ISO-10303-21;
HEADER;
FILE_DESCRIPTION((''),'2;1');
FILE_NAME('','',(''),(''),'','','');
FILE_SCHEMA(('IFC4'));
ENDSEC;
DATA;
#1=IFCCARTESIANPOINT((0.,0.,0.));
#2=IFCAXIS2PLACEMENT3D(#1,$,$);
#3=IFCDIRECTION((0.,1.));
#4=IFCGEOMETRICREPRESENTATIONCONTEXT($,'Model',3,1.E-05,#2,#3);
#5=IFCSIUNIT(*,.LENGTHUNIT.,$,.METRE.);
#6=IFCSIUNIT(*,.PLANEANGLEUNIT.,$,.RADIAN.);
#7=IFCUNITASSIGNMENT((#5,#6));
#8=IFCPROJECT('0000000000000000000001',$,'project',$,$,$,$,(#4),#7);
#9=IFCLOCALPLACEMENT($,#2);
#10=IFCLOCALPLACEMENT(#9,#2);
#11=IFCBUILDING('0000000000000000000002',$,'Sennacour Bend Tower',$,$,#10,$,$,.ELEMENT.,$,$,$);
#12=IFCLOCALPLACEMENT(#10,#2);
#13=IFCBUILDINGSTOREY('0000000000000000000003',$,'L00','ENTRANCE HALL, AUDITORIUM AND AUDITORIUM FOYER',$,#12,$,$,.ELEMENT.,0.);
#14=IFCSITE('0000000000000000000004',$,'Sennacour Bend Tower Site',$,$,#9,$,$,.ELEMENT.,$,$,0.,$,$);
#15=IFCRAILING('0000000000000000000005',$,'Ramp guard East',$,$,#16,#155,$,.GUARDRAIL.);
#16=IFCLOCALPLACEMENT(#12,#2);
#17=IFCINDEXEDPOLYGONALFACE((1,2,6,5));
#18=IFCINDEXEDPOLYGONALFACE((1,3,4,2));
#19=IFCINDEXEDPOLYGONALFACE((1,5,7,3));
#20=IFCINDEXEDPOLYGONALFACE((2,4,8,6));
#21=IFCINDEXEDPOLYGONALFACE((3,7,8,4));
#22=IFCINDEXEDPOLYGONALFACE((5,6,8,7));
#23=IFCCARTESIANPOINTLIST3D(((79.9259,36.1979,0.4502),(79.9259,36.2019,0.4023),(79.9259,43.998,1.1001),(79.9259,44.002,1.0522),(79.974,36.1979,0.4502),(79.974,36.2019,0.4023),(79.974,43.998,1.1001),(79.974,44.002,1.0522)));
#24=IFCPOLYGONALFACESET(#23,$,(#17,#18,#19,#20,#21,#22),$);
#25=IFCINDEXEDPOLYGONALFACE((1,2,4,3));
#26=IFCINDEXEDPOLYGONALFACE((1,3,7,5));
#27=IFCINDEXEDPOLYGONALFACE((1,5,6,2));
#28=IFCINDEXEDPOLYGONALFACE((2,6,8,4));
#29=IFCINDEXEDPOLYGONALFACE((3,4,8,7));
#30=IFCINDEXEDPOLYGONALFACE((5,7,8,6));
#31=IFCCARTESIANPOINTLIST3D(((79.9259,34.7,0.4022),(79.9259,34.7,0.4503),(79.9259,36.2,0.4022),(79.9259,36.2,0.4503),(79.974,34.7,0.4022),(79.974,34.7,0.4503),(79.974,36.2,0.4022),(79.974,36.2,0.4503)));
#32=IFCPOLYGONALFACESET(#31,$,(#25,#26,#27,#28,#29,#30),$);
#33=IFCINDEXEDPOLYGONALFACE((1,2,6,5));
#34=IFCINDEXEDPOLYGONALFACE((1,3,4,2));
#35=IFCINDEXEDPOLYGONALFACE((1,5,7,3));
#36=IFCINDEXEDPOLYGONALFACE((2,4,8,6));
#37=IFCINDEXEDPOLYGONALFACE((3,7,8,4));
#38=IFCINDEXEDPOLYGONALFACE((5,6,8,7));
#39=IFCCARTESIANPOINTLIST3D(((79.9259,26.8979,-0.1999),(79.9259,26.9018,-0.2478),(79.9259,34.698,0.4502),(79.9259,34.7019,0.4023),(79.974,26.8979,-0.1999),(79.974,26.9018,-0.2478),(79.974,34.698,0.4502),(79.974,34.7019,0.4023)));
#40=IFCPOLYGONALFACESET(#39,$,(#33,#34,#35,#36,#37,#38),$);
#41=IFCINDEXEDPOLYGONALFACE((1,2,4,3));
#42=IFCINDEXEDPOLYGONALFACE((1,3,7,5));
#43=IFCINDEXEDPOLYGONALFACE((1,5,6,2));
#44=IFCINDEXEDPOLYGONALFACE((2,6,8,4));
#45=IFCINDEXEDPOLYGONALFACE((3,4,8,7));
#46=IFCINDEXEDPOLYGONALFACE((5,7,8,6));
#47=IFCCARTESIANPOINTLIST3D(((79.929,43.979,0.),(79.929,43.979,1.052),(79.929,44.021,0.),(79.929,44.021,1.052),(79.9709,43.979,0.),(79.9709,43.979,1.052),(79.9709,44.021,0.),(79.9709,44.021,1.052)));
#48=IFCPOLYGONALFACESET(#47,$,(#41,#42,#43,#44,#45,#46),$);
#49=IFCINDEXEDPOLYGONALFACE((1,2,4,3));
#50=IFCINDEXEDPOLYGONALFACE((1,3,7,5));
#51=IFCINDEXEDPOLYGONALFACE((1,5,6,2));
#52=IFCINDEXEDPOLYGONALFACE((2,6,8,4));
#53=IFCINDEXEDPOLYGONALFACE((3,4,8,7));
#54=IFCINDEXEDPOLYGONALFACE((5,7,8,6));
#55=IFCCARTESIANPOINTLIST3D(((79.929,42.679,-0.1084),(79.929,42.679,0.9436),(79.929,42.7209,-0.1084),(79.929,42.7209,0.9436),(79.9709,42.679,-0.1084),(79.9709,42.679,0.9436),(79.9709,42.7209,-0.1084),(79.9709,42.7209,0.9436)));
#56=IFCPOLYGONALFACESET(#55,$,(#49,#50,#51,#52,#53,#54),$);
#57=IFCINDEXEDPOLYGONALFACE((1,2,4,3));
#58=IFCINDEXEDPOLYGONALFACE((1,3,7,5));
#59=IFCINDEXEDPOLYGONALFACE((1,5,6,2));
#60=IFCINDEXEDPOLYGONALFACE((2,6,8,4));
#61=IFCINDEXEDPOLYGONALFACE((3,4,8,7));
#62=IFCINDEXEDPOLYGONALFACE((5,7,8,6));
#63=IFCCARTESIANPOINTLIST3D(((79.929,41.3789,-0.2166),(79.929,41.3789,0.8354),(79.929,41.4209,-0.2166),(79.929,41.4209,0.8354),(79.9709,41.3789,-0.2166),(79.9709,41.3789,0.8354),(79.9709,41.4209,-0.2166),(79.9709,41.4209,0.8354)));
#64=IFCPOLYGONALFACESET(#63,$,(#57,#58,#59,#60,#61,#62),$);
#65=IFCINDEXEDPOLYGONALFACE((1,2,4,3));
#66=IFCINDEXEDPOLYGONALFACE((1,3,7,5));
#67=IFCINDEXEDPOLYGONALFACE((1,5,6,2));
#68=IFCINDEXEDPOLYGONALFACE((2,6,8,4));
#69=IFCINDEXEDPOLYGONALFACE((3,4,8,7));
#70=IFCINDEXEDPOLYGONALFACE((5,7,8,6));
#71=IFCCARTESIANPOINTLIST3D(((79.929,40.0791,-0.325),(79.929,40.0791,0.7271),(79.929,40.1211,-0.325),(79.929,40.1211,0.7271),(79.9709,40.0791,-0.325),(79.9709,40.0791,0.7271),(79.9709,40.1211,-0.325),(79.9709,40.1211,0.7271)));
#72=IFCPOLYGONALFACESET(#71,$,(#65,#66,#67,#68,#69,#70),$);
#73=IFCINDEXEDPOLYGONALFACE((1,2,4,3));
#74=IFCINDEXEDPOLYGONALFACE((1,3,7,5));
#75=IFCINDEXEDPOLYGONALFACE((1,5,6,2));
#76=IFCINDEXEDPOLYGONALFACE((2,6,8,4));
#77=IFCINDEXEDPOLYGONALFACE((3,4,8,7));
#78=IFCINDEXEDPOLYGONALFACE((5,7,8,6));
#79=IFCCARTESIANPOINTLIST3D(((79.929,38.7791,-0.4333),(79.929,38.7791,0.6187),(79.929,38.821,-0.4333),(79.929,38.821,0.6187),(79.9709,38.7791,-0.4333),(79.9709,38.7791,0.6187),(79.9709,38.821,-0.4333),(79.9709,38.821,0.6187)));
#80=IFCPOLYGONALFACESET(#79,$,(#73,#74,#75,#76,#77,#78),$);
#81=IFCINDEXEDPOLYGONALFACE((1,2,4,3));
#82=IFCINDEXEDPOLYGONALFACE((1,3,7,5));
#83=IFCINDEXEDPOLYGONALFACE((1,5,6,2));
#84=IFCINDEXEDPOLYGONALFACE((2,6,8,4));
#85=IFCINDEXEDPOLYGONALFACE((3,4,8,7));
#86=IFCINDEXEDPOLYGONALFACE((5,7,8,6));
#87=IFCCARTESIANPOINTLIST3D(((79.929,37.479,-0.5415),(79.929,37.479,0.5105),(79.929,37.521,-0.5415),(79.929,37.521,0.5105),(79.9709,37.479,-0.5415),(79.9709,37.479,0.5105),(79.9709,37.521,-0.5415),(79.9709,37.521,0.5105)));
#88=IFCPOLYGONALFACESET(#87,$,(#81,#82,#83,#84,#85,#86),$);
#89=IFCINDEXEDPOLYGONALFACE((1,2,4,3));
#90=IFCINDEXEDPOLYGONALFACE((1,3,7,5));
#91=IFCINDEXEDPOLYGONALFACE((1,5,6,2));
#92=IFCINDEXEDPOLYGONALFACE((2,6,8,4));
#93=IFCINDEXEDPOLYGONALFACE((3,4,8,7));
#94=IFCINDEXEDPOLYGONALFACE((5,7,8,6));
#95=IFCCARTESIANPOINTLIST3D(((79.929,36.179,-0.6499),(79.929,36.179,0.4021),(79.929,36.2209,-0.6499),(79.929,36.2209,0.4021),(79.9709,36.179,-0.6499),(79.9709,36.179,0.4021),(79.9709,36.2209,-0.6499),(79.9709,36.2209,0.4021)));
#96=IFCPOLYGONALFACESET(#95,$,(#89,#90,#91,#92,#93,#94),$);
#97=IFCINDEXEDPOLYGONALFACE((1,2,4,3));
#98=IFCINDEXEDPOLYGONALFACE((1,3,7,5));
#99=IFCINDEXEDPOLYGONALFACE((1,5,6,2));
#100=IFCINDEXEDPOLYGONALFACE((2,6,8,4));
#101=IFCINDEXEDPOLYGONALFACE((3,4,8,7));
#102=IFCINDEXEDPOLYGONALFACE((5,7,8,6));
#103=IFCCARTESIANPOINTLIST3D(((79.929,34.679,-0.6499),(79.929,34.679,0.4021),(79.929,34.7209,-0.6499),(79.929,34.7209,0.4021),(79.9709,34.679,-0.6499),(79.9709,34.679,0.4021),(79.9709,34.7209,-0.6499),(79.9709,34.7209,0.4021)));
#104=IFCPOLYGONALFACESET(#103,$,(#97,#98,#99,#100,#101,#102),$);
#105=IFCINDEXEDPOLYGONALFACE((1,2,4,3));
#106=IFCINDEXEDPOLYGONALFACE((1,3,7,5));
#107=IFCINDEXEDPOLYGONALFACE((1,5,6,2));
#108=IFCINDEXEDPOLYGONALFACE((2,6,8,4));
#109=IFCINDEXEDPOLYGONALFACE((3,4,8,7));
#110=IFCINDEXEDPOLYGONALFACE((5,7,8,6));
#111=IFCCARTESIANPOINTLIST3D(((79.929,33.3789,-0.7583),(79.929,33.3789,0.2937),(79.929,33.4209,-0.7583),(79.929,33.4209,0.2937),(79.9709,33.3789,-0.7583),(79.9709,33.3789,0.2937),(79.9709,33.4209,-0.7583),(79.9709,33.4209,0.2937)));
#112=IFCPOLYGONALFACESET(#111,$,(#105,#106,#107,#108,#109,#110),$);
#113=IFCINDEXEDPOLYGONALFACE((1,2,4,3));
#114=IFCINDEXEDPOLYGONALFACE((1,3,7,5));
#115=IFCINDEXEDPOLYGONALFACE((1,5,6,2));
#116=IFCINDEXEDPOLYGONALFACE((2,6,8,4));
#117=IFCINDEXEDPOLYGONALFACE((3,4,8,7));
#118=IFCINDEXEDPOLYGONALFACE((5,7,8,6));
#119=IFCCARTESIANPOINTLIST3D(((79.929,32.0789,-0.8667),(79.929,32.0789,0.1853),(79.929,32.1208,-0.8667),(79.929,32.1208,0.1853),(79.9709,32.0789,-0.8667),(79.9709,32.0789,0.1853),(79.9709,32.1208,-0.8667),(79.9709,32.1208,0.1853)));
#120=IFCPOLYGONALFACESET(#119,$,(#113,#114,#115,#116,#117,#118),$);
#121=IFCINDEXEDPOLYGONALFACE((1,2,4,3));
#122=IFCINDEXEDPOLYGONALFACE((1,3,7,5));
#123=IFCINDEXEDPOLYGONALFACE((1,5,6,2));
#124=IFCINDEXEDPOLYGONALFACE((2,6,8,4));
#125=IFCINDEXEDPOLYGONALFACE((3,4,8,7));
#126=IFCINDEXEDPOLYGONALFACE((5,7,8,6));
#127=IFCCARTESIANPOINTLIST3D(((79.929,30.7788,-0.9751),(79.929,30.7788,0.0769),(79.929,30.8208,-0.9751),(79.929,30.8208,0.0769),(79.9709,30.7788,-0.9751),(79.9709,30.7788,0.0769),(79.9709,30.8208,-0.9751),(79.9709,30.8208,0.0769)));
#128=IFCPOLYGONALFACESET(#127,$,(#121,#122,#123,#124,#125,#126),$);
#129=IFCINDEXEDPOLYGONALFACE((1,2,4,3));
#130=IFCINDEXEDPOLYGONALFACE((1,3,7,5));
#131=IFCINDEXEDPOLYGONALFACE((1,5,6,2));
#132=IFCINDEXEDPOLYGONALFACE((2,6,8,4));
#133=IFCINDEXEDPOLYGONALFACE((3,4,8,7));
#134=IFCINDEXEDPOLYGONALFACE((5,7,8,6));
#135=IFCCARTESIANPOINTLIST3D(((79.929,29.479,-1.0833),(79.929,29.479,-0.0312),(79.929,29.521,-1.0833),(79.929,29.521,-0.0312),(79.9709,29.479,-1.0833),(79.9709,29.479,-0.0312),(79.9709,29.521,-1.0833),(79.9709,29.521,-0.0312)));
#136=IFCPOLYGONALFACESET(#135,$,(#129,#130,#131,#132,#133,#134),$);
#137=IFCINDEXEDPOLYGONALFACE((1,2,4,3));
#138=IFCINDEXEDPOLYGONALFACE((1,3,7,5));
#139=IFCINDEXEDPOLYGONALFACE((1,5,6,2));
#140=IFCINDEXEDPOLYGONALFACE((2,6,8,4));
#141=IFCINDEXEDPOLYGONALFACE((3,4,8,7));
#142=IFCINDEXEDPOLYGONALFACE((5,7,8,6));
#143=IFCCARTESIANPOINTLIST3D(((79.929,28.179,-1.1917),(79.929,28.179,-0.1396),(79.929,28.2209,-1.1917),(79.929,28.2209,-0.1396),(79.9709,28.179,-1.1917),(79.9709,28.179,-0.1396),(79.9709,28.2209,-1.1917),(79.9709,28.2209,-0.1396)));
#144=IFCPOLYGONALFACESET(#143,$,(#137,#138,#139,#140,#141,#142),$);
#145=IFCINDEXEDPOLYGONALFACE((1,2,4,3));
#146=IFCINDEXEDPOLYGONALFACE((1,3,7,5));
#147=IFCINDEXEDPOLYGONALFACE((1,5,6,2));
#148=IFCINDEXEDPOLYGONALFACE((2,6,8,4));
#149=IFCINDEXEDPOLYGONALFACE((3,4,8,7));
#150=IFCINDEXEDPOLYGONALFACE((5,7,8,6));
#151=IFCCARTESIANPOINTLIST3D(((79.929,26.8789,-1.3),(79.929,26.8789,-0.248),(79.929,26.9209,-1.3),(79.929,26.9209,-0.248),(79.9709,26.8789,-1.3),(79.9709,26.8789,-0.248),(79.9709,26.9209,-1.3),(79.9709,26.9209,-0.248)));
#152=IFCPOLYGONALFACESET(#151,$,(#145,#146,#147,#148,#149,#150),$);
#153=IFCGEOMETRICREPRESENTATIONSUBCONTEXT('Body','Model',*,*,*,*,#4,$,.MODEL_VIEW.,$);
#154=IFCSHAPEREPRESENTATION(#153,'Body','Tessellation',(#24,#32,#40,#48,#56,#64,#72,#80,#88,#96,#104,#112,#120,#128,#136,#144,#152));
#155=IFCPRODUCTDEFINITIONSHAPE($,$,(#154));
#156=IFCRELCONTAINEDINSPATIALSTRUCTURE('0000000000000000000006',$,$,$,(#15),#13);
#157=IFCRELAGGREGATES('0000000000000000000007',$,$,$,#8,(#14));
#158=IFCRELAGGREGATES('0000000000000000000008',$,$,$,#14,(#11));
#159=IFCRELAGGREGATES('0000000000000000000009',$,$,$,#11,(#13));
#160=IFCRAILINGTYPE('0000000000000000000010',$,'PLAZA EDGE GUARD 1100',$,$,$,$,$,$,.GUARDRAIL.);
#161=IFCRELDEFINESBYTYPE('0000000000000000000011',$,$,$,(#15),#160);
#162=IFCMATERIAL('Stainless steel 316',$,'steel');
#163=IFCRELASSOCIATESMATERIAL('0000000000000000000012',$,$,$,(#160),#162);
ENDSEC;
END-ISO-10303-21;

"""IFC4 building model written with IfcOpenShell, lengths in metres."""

from ifc_helpers import new_model, si_unit, direction, frame, origin, origin_2d, place, context, subcontext, project, spatial, rectangle, extrude, material, type_object, element, save


model = new_model("IFC4")

# Units and contexts
model_context = context("Model", 3, precision=1e-05, world=origin(), true_north=direction((0.0, 1.0)))
body_context = subcontext(model_context, "Body", "Model", "MODEL_VIEW")
ifc_project = project(units=[si_unit("LENGTHUNIT", "METRE"), si_unit("PLANEANGLEUNIT", "RADIAN")], contexts=[model_context])

# Site, building, storey
site_placement = place(None, origin())
site = spatial("IfcSite", under=ifc_project, at=site_placement, Name="Sennacour Bend Tower Site", CompositionType="ELEMENT", RefElevation=0.0)
building_placement = place(site_placement, origin())
building = spatial("IfcBuilding", under=site, at=building_placement, Name="Sennacour Bend Tower", CompositionType="ELEMENT")
storey_placement = place(building_placement, origin())
storey = spatial("IfcBuildingStorey", under=building, at=storey_placement, Name="L00", Description="ENTRANCE HALL, AUDITORIUM AND AUDITORIUM FOYER", CompositionType="ELEMENT", Elevation=0.0)

# Railing
ifc_material_1 = material(Name="Stainless steel 316", Category="steel")
railing_type_1 = type_object("IfcRailingType", Name="PLAZA EDGE GUARD 1100", PredefinedType="GUARDRAIL", material=ifc_material_1)
railing_1_placement = place(storey_placement, frame((79.95, 44.0, 0.0)))
element("IfcRailing", 1, at=railing_1_placement, inside=storey, type_object=railing_type_1, Name="Ramp guard East", PredefinedType="GUARDRAIL", context=body_context, shape_type="SweptSolid", body=[
    extrude(rectangle(XDim=0.0481, YDim=0.0481, at=origin_2d()), frame((0.0, 0.0, 1.0762), z_axis=(0.0, -0.996547, -0.083033), x_axis=(1.0, 0.0, 0.0)), (0.0, 0.0, 1.0), 7.8271),
    extrude(rectangle(XDim=0.0481, YDim=0.0481, at=origin_2d()), frame((0.0, -7.8, 0.4263), z_axis=(0.0, -1.0, 0.0), x_axis=(1.0, 0.0, 0.0)), (0.0, 0.0, 1.0), 1.5),
    extrude(rectangle(XDim=0.0481, YDim=0.0481, at=origin_2d()), frame((0.0, -9.3, 0.4263), z_axis=(0.0, -0.996544, -0.083064), x_axis=(1.0, 0.0, 0.0)), (0.0, 0.0, 1.0), 7.8271),
    extrude(rectangle(XDim=0.042, YDim=0.042, at=origin_2d()), origin(), (0.0, 0.0, 1.0), 1.052),
    extrude(rectangle(XDim=0.042, YDim=0.042, at=origin_2d()), frame((0.0, -1.3, -0.1084)), (0.0, 0.0, 1.0), 1.052),
    extrude(rectangle(XDim=0.042, YDim=0.042, at=origin_2d()), frame((0.0, -2.6001, -0.2166)), (0.0, 0.0, 1.0), 1.052),
    extrude(rectangle(XDim=0.042, YDim=0.042, at=origin_2d()), frame((0.0, -3.8999, -0.325)), (0.0, 0.0, 1.0), 1.052),
    extrude(rectangle(XDim=0.042, YDim=0.042, at=origin_2d()), frame((0.0, -5.2, -0.4333)), (0.0, 0.0, 1.0), 1.052),
    extrude(rectangle(XDim=0.042, YDim=0.042, at=origin_2d()), frame((0.0, -6.5, -0.5415)), (0.0, 0.0, 1.0), 1.052),
    extrude(rectangle(XDim=0.042, YDim=0.042, at=origin_2d()), frame((0.0, -7.8, -0.6499)), (0.0, 0.0, 1.0), 1.052),
    extrude(rectangle(XDim=0.042, YDim=0.042, at=origin_2d()), frame((0.0, -9.3, -0.6499)), (0.0, 0.0, 1.0), 1.052),
    extrude(rectangle(XDim=0.042, YDim=0.042, at=origin_2d()), frame((0.0, -10.6001, -0.7583)), (0.0, 0.0, 1.0), 1.052),
    extrude(rectangle(XDim=0.042, YDim=0.042, at=origin_2d()), frame((0.0, -11.9001, -0.8667)), (0.0, 0.0, 1.0), 1.052),
    extrude(rectangle(XDim=0.042, YDim=0.042, at=origin_2d()), frame((0.0, -13.2002, -0.9751)), (0.0, 0.0, 1.0), 1.052),
    extrude(rectangle(XDim=0.042, YDim=0.042, at=origin_2d()), frame((0.0, -14.5, -1.0833)), (0.0, 0.0, 1.0), 1.052),
    extrude(rectangle(XDim=0.042, YDim=0.042, at=origin_2d()), frame((0.0, -15.8, -1.1917)), (0.0, 0.0, 1.0), 1.052),
    extrude(rectangle(XDim=0.042, YDim=0.042, at=origin_2d()), frame((0.0, -17.1001, -1.3)), (0.0, 0.0, 1.0), 1.052),
])

save(model, "model.ifc")
